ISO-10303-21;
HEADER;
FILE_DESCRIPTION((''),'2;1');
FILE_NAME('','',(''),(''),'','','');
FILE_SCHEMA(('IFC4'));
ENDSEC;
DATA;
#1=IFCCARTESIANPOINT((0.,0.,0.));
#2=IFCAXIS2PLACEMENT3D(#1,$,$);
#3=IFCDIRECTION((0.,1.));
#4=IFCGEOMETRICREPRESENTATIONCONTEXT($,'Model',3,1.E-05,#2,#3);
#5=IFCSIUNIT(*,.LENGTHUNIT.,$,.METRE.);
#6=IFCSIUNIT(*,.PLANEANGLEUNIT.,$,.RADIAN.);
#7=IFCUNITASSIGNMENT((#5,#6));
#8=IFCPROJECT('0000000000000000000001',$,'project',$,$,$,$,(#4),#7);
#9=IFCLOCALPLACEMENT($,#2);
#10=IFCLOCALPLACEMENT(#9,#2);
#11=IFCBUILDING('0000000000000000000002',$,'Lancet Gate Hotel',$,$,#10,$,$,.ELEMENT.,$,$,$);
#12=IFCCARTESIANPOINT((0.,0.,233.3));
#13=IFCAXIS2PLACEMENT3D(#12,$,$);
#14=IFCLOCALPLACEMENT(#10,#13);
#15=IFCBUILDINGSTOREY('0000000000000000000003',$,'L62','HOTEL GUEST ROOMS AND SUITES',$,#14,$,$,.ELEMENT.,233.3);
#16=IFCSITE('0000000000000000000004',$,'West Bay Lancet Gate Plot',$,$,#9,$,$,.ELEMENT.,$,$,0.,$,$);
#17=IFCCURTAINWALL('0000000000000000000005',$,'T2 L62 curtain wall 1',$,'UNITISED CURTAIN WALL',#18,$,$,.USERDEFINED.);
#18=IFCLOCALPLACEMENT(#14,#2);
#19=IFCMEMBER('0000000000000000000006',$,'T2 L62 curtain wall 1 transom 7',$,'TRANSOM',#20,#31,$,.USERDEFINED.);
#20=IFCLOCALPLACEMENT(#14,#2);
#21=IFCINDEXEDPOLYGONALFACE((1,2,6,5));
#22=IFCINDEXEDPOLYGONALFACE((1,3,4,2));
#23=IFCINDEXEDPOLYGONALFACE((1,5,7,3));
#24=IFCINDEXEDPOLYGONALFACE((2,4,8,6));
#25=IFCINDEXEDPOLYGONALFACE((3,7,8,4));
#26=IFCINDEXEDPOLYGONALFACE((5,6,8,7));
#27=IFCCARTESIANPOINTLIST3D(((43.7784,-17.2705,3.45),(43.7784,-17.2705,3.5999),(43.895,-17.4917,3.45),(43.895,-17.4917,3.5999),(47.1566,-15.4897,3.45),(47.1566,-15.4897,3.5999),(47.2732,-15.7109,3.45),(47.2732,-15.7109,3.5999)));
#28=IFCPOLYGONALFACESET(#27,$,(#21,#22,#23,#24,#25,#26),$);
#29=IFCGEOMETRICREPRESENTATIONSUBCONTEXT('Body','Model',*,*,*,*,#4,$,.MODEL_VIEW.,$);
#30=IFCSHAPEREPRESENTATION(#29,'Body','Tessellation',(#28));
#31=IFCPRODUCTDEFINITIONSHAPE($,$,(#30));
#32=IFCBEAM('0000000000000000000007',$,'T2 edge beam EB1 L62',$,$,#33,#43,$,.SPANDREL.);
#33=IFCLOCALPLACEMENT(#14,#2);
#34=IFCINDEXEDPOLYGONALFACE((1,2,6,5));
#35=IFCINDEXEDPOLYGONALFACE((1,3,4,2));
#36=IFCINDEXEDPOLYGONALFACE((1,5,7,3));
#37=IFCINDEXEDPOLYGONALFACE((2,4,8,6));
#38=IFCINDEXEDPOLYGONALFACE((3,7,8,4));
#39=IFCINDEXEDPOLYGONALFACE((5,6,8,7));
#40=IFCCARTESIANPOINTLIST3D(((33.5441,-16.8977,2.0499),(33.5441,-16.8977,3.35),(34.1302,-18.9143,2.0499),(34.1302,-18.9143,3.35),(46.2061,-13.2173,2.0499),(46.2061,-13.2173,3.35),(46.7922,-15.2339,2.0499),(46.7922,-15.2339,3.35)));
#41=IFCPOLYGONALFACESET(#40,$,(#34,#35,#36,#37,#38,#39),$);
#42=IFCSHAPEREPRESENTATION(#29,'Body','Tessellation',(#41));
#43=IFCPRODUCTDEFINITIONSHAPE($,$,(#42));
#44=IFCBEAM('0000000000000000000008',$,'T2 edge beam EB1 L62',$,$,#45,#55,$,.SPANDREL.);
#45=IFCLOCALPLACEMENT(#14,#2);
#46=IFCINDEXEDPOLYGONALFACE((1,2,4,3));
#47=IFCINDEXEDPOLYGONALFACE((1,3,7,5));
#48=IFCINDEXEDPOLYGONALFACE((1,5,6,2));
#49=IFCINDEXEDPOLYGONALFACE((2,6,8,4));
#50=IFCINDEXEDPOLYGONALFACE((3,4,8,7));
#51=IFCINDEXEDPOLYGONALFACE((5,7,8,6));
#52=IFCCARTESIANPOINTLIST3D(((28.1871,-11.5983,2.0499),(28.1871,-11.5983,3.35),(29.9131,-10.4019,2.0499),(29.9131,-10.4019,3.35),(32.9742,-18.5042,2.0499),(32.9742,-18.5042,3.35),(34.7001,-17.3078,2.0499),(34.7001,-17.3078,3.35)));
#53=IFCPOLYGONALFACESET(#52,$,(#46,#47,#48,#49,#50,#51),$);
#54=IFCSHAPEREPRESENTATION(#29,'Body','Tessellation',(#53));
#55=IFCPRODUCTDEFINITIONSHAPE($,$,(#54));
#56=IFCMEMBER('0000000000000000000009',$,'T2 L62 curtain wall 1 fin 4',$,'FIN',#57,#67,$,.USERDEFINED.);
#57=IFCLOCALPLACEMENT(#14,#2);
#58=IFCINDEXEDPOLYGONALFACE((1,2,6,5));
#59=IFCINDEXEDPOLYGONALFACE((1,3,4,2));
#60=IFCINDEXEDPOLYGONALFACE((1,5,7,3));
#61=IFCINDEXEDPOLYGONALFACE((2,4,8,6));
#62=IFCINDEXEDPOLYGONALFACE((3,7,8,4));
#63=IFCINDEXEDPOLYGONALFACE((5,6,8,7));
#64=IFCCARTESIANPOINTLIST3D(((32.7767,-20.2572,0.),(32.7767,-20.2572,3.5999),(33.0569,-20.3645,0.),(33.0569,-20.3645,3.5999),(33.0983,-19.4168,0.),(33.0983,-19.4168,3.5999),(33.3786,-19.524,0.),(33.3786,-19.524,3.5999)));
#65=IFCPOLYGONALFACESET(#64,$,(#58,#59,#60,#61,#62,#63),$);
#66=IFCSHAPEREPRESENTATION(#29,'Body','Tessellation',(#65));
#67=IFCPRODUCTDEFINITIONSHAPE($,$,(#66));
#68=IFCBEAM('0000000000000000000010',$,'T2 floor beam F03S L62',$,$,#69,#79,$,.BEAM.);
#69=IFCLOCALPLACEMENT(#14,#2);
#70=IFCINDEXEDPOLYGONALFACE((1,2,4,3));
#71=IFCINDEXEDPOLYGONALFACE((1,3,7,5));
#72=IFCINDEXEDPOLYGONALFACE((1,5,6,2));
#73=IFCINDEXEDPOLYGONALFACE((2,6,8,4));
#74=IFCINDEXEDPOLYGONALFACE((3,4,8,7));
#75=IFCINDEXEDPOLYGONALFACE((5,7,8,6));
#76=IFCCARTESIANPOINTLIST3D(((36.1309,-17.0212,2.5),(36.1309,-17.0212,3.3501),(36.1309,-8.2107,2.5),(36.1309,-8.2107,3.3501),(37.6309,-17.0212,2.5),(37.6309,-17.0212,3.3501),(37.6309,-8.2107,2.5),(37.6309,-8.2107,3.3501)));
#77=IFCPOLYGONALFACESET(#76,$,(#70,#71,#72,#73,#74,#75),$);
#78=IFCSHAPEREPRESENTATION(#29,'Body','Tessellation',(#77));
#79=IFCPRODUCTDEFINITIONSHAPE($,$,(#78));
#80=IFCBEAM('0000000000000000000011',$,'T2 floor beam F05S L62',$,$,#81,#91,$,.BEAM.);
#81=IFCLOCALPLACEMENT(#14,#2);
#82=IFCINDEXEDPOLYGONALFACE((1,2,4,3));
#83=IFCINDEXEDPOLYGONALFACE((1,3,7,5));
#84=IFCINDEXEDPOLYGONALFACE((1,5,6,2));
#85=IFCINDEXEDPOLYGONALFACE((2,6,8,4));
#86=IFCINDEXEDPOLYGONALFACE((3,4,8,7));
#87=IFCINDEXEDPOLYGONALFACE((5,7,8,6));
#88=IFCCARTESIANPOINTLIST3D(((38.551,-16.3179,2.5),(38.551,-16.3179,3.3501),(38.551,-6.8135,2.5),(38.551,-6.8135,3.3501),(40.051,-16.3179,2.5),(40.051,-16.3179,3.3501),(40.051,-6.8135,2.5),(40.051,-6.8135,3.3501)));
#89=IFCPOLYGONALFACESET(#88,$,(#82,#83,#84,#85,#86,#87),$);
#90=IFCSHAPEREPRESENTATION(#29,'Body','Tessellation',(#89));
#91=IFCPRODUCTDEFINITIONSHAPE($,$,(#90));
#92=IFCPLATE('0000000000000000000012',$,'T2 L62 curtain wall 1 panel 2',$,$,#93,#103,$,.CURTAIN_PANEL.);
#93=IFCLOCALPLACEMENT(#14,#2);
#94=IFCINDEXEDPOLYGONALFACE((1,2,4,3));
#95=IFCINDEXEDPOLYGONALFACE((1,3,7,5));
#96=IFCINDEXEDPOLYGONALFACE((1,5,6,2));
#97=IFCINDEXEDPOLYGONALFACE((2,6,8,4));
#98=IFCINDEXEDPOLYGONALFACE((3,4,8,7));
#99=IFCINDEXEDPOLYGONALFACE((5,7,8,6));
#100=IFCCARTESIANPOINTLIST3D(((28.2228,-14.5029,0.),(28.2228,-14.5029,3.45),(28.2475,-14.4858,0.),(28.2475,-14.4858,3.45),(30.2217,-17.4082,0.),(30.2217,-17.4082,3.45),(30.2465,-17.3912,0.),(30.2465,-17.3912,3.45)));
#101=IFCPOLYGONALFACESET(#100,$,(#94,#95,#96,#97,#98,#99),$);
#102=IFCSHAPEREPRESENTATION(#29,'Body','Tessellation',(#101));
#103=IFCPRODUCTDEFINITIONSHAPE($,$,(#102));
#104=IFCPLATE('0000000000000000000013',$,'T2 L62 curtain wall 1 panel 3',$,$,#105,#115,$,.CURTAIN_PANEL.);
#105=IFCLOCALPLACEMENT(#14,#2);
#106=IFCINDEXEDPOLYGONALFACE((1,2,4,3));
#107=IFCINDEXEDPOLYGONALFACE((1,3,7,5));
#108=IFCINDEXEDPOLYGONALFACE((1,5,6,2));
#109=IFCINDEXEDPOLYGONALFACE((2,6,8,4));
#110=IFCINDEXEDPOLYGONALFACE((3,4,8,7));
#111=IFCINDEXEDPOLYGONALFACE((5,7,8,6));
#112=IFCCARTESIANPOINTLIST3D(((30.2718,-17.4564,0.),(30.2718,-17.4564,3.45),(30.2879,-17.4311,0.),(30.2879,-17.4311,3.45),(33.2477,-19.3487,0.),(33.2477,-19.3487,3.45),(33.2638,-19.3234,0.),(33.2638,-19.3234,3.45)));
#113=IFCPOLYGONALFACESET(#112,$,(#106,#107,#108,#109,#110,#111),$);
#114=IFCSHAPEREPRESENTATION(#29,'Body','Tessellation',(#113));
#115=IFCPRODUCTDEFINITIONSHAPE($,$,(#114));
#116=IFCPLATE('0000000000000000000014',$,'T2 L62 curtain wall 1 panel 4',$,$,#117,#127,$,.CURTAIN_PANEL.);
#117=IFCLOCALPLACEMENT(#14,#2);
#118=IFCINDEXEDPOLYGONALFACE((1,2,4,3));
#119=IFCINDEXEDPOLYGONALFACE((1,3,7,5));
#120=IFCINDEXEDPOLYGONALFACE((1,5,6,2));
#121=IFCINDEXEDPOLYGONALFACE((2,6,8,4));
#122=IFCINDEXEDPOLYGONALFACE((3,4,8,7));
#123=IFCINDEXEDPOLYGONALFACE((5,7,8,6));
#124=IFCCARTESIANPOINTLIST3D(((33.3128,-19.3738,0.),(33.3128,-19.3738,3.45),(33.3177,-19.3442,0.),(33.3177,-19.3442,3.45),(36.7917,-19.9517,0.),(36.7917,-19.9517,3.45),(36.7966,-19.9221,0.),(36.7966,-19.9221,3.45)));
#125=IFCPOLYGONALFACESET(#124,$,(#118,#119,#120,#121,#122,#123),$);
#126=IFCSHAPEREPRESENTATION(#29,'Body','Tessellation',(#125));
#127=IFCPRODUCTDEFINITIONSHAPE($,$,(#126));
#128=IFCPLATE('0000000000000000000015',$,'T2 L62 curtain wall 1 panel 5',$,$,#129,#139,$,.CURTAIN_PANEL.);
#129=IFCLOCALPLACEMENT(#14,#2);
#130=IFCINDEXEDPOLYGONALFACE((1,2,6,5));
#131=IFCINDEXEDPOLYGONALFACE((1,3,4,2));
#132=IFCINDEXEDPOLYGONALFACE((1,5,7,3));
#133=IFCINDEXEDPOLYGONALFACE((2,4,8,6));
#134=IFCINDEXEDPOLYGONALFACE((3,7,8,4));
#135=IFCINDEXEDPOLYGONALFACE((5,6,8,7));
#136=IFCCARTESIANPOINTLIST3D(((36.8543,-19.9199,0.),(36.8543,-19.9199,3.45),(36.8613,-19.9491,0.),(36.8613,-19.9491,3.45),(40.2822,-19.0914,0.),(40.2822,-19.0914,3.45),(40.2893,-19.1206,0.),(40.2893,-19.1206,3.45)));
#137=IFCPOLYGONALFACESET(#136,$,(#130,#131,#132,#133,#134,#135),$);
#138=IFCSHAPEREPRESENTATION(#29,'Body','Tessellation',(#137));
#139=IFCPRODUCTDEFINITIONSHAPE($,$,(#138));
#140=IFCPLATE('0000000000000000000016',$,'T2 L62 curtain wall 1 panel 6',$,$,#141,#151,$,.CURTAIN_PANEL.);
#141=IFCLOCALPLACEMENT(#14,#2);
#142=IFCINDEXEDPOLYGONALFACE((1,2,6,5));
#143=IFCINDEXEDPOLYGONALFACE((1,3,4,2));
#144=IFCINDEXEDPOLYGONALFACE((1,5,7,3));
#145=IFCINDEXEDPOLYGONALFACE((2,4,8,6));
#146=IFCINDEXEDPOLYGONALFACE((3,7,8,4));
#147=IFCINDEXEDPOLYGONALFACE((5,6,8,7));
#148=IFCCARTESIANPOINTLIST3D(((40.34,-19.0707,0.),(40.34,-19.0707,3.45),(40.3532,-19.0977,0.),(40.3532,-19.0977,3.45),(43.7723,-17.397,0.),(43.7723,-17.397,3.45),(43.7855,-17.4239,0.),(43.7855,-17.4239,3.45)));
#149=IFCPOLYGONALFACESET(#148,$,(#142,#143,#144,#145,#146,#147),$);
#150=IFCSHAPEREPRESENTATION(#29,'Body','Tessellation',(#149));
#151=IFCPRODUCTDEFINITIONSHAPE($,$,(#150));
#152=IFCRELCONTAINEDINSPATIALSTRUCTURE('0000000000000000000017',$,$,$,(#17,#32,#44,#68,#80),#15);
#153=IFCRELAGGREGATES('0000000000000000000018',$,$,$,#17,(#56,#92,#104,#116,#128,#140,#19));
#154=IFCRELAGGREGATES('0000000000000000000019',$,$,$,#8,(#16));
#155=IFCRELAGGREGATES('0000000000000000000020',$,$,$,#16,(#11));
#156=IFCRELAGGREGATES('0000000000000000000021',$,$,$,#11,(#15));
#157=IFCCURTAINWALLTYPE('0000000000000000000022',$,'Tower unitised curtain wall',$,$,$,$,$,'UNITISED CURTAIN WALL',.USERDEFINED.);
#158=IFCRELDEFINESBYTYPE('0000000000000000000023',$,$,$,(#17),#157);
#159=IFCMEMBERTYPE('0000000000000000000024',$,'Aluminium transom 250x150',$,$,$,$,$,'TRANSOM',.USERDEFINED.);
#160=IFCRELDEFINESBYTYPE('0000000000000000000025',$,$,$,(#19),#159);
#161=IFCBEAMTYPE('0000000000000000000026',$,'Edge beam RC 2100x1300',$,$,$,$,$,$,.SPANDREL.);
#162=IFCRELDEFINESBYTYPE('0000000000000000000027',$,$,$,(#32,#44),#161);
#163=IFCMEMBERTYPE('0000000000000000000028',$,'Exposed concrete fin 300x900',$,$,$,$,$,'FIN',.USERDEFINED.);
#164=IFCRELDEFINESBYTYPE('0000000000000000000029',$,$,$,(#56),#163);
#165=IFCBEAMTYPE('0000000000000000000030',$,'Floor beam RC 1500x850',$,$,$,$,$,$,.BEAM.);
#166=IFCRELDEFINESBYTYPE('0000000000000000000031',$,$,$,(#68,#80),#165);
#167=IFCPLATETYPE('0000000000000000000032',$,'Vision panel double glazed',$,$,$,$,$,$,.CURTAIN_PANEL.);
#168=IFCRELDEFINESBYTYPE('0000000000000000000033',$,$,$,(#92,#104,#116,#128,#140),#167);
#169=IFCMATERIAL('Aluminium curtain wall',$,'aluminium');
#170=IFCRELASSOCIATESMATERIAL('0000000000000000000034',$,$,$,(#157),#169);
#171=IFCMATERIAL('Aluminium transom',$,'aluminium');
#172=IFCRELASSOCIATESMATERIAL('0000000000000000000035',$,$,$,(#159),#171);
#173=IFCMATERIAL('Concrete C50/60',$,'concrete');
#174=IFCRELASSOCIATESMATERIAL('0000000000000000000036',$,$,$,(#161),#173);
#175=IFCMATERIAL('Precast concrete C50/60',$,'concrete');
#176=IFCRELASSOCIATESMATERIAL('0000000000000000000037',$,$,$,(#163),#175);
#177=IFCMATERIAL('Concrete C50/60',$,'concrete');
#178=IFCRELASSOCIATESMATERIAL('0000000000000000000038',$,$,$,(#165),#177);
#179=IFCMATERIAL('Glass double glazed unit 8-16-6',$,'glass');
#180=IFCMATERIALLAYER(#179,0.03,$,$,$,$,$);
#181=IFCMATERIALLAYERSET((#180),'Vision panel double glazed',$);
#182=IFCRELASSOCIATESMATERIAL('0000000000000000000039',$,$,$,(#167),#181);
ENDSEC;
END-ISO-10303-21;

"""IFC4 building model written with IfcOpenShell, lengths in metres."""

from ifc_helpers import new_model, si_unit, direction, frame, origin, origin_2d, place, context, subcontext, project, spatial, rectangle, extrude, material, layer, layer_set, material_profile, profile_set, type_object, element, aggregate, save


model = new_model("IFC4")

# Units and contexts
model_context = context("Model", 3, precision=1e-05, world=origin(), true_north=direction((0.0, 1.0)))
body_context = subcontext(model_context, "Body", "Model", "MODEL_VIEW")
ifc_project = project(units=[si_unit("LENGTHUNIT", "METRE"), si_unit("PLANEANGLEUNIT", "RADIAN")], contexts=[model_context])

# Site, building, storey
site_placement = place(None, origin())
site = spatial("IfcSite", under=ifc_project, at=site_placement, Name="West Bay Lancet Gate Plot", CompositionType="ELEMENT", RefElevation=0.0)
building_placement = place(site_placement, origin())
building = spatial("IfcBuilding", under=site, at=building_placement, Name="Lancet Gate Hotel", CompositionType="ELEMENT")
storey_placement = place(building_placement, frame((0.0, 0.0, 233.3)))
storey = spatial("IfcBuildingStorey", under=building, at=storey_placement, Name="L62", Description="HOTEL GUEST ROOMS AND SUITES", CompositionType="ELEMENT", Elevation=233.3)

# Curtain wall, member
ifc_material_1 = material(Name="Aluminium curtain wall", Category="aluminium")
curtain_wall_type = type_object("IfcCurtainWallType", Name="Tower unitised curtain wall", ElementType="UNITISED CURTAIN WALL", PredefinedType="USERDEFINED", material=ifc_material_1)
curtain_wall_placement = place(storey_placement, origin())
curtain_wall = element("IfcCurtainWall", 1, at=curtain_wall_placement, inside=storey, type_object=curtain_wall_type, Name="T2 L62 curtain wall 1", ObjectType="UNITISED CURTAIN WALL", PredefinedType="USERDEFINED")
ifc_material_2 = material(Name="Aluminium transom", Category="aluminium")
ifc_material_profile_1 = material_profile(ifc_material_2, rectangle(XDim=0.25, YDim=0.1499, at=origin_2d()), Name="TRANSOM 250x150")
ifc_profile_set_1 = profile_set([ifc_material_profile_1], Name="Aluminium transom")
member_type_1 = type_object("IfcMemberType", Name="Aluminium transom 250x150", ElementType="TRANSOM", PredefinedType="USERDEFINED", material=ifc_profile_set_1)
member_1_placement = place(storey_placement, frame((43.8367, -17.3811, 3.5249), z_axis=(0.884618, 0.466315, 0.0), x_axis=(-0.466315, 0.884618, 0.0)))
member_1 = element("IfcMember", 2, at=member_1_placement, type_object=member_type_1, Name="T2 L62 curtain wall 1 transom 7", ObjectType="TRANSOM", PredefinedType="USERDEFINED", context=body_context, shape_type="SweptSolid", body=[
    extrude(rectangle(XDim=0.25, YDim=0.1499, at=origin_2d()), origin(), (0.0, 0.0, 1.0), 3.8188),
])

# Beams
ifc_material_3 = material(Name="Concrete C50/60", Category="concrete")
ifc_material_profile_2 = material_profile(ifc_material_3, rectangle(XDim=2.1001, YDim=1.3, at=origin_2d()), Name="RC 2100x1300")
ifc_profile_set_2 = profile_set([ifc_material_profile_2], Name="Concrete C50/60")
beam_type_1 = type_object("IfcBeamType", Name="Edge beam RC 2100x1300", PredefinedType="SPANDREL", material=ifc_profile_set_2)
beam_1_placement = place(storey_placement, frame((33.8372, -17.906, 2.7), z_axis=(0.960258, 0.279113, 0.0), x_axis=(-0.279113, 0.960258, 0.0)))
element("IfcBeam", 3, at=beam_1_placement, inside=storey, type_object=beam_type_1, Name="T2 edge beam EB1 L62", PredefinedType="SPANDREL", context=body_context, shape_type="SweptSolid", body=[
    extrude(rectangle(XDim=2.1001, YDim=1.3, at=origin_2d()), origin(), (0.0, 0.0, 1.0), 13.186),
])
beam_2_placement = place(storey_placement, frame((33.8372, -17.906, 2.7), z_axis=(-0.569695, 0.821856, 0.0), x_axis=(-0.821856, -0.569695, 0.0)))
element("IfcBeam", 4, at=beam_2_placement, inside=storey, type_object=beam_type_1, Name="T2 edge beam EB1 L62", PredefinedType="SPANDREL", context=body_context, shape_type="SweptSolid", body=[
    extrude(rectangle(XDim=2.1001, YDim=1.3, at=origin_2d()), origin(), (0.0, 0.0, 1.0), 8.4028),
])

# Member
ifc_material_4 = material(Name="Precast concrete C50/60", Category="concrete")
ifc_material_profile_3 = material_profile(ifc_material_4, rectangle(XDim=0.3, YDim=0.8999, at=origin_2d()), Name="FIN 300x900")
ifc_profile_set_3 = profile_set([ifc_material_profile_3], Name="Precast concrete C50/60")
member_type_2 = type_object("IfcMemberType", Name="Exposed concrete fin 300x900", ElementType="FIN", PredefinedType="USERDEFINED", material=ifc_profile_set_3)
member_2_placement = place(storey_placement, frame((33.0776, -19.8906, 0.0), z_axis=(0.0, 0.0, 1.0), x_axis=(0.933943, -0.357421, 0.0)))
member_2 = element("IfcMember", 5, at=member_2_placement, type_object=member_type_2, Name="T2 L62 curtain wall 1 fin 4", ObjectType="FIN", PredefinedType="USERDEFINED", context=body_context, shape_type="SweptSolid", body=[
    extrude(rectangle(XDim=0.3, YDim=0.8999, at=origin_2d()), origin(), (0.0, 0.0, 1.0), 3.5999),
])

# Beams
ifc_material_5 = material(Name="Concrete C50/60", Category="concrete")
ifc_material_profile_4 = material_profile(ifc_material_5, rectangle(XDim=1.5, YDim=0.8501, at=origin_2d()), Name="RC 1500x850")
ifc_profile_set_4 = profile_set([ifc_material_profile_4], Name="Concrete C50/60")
beam_type_2 = type_object("IfcBeamType", Name="Floor beam RC 1500x850", PredefinedType="BEAM", material=ifc_profile_set_4)
beam_3_placement = place(storey_placement, frame((36.8809, -17.0212, 2.925), z_axis=(0.0, 1.0, 0.0), x_axis=(-1.0, 0.0, 0.0)))
element("IfcBeam", 6, at=beam_3_placement, inside=storey, type_object=beam_type_2, Name="T2 floor beam F03S L62", PredefinedType="BEAM", context=body_context, shape_type="SweptSolid", body=[
    extrude(rectangle(XDim=1.5, YDim=0.8501, at=origin_2d()), origin(), (0.0, 0.0, 1.0), 8.8105),
])
beam_4_placement = place(storey_placement, frame((39.301, -16.3179, 2.925), z_axis=(0.0, 1.0, 0.0), x_axis=(-1.0, 0.0, 0.0)))
element("IfcBeam", 7, at=beam_4_placement, inside=storey, type_object=beam_type_2, Name="T2 floor beam F05S L62", PredefinedType="BEAM", context=body_context, shape_type="SweptSolid", body=[
    extrude(rectangle(XDim=1.5, YDim=0.8501, at=origin_2d()), origin(), (0.0, 0.0, 1.0), 9.5044),
])

# Plates
ifc_material_6 = material(Name="Glass double glazed unit 8-16-6", Category="glass")
ifc_layer = layer(ifc_material_6, 0.03)
ifc_layer_set = layer_set([ifc_layer], Name="Vision panel double glazed")
plate_type = type_object("IfcPlateType", Name="Vision panel double glazed", PredefinedType="CURTAIN_PANEL", material=ifc_layer_set)
plate_1_placement = place(storey_placement, frame((29.2346, -15.947, 0.0), z_axis=(0.0, 0.0, 1.0), x_axis=(0.566824, -0.823839, 0.0)))
plate_1 = element("IfcPlate", 8, at=plate_1_placement, type_object=plate_type, Name="T2 L62 curtain wall 1 panel 2", PredefinedType="CURTAIN_PANEL", context=body_context, shape_type="SweptSolid", body=[
    extrude(rectangle(XDim=3.5266, YDim=0.03, at=origin_2d()), origin(), (0.0, 0.0, 1.0), 3.45),
])
plate_2_placement = place(storey_placement, frame((31.7678, -18.3899, 0.0), z_axis=(0.0, 0.0, 1.0), x_axis=(0.843845, -0.536587, 0.0)))
plate_2 = element("IfcPlate", 9, at=plate_2_placement, type_object=plate_type, Name="T2 L62 curtain wall 1 panel 3", PredefinedType="CURTAIN_PANEL", context=body_context, shape_type="SweptSolid", body=[
    extrude(rectangle(XDim=3.5266, YDim=0.03, at=origin_2d()), origin(), (0.0, 0.0, 1.0), 3.45),
])
plate_3_placement = place(storey_placement, frame((35.0547, -19.6479, 0.0), z_axis=(0.0, 0.0, 1.0), x_axis=(0.98648, -0.163881, 0.0)))
plate_3 = element("IfcPlate", 10, at=plate_3_placement, type_object=plate_type, Name="T2 L62 curtain wall 1 panel 4", PredefinedType="CURTAIN_PANEL", context=body_context, shape_type="SweptSolid", body=[
    extrude(rectangle(XDim=3.5266, YDim=0.03, at=origin_2d()), origin(), (0.0, 0.0, 1.0), 3.45),
])
plate_4_placement = place(storey_placement, frame((38.5718, -19.5203, 0.0), z_axis=(0.0, 0.0, 1.0), x_axis=(0.972014, 0.234924, 0.0)))
plate_4 = element("IfcPlate", 11, at=plate_4_placement, type_object=plate_type, Name="T2 L62 curtain wall 1 panel 5", PredefinedType="CURTAIN_PANEL", context=body_context, shape_type="SweptSolid", body=[
    extrude(rectangle(XDim=3.5266, YDim=0.03, at=origin_2d()), origin(), (0.0, 0.0, 1.0), 3.45),
])
plate_5_placement = place(storey_placement, frame((42.0627, -18.2473, 0.0), z_axis=(0.0, 0.0, 1.0), x_axis=(0.898823, 0.438311, 0.0)))
plate_5 = element("IfcPlate", 12, at=plate_5_placement, type_object=plate_type, Name="T2 L62 curtain wall 1 panel 6", PredefinedType="CURTAIN_PANEL", context=body_context, shape_type="SweptSolid", body=[
    extrude(rectangle(XDim=3.8186, YDim=0.03, at=origin_2d()), origin(), (0.0, 0.0, 1.0), 3.45),
])
aggregate(curtain_wall, [member_2, plate_1, plate_2, plate_3, plate_4, plate_5, member_1])

save(model, "model.ifc")
